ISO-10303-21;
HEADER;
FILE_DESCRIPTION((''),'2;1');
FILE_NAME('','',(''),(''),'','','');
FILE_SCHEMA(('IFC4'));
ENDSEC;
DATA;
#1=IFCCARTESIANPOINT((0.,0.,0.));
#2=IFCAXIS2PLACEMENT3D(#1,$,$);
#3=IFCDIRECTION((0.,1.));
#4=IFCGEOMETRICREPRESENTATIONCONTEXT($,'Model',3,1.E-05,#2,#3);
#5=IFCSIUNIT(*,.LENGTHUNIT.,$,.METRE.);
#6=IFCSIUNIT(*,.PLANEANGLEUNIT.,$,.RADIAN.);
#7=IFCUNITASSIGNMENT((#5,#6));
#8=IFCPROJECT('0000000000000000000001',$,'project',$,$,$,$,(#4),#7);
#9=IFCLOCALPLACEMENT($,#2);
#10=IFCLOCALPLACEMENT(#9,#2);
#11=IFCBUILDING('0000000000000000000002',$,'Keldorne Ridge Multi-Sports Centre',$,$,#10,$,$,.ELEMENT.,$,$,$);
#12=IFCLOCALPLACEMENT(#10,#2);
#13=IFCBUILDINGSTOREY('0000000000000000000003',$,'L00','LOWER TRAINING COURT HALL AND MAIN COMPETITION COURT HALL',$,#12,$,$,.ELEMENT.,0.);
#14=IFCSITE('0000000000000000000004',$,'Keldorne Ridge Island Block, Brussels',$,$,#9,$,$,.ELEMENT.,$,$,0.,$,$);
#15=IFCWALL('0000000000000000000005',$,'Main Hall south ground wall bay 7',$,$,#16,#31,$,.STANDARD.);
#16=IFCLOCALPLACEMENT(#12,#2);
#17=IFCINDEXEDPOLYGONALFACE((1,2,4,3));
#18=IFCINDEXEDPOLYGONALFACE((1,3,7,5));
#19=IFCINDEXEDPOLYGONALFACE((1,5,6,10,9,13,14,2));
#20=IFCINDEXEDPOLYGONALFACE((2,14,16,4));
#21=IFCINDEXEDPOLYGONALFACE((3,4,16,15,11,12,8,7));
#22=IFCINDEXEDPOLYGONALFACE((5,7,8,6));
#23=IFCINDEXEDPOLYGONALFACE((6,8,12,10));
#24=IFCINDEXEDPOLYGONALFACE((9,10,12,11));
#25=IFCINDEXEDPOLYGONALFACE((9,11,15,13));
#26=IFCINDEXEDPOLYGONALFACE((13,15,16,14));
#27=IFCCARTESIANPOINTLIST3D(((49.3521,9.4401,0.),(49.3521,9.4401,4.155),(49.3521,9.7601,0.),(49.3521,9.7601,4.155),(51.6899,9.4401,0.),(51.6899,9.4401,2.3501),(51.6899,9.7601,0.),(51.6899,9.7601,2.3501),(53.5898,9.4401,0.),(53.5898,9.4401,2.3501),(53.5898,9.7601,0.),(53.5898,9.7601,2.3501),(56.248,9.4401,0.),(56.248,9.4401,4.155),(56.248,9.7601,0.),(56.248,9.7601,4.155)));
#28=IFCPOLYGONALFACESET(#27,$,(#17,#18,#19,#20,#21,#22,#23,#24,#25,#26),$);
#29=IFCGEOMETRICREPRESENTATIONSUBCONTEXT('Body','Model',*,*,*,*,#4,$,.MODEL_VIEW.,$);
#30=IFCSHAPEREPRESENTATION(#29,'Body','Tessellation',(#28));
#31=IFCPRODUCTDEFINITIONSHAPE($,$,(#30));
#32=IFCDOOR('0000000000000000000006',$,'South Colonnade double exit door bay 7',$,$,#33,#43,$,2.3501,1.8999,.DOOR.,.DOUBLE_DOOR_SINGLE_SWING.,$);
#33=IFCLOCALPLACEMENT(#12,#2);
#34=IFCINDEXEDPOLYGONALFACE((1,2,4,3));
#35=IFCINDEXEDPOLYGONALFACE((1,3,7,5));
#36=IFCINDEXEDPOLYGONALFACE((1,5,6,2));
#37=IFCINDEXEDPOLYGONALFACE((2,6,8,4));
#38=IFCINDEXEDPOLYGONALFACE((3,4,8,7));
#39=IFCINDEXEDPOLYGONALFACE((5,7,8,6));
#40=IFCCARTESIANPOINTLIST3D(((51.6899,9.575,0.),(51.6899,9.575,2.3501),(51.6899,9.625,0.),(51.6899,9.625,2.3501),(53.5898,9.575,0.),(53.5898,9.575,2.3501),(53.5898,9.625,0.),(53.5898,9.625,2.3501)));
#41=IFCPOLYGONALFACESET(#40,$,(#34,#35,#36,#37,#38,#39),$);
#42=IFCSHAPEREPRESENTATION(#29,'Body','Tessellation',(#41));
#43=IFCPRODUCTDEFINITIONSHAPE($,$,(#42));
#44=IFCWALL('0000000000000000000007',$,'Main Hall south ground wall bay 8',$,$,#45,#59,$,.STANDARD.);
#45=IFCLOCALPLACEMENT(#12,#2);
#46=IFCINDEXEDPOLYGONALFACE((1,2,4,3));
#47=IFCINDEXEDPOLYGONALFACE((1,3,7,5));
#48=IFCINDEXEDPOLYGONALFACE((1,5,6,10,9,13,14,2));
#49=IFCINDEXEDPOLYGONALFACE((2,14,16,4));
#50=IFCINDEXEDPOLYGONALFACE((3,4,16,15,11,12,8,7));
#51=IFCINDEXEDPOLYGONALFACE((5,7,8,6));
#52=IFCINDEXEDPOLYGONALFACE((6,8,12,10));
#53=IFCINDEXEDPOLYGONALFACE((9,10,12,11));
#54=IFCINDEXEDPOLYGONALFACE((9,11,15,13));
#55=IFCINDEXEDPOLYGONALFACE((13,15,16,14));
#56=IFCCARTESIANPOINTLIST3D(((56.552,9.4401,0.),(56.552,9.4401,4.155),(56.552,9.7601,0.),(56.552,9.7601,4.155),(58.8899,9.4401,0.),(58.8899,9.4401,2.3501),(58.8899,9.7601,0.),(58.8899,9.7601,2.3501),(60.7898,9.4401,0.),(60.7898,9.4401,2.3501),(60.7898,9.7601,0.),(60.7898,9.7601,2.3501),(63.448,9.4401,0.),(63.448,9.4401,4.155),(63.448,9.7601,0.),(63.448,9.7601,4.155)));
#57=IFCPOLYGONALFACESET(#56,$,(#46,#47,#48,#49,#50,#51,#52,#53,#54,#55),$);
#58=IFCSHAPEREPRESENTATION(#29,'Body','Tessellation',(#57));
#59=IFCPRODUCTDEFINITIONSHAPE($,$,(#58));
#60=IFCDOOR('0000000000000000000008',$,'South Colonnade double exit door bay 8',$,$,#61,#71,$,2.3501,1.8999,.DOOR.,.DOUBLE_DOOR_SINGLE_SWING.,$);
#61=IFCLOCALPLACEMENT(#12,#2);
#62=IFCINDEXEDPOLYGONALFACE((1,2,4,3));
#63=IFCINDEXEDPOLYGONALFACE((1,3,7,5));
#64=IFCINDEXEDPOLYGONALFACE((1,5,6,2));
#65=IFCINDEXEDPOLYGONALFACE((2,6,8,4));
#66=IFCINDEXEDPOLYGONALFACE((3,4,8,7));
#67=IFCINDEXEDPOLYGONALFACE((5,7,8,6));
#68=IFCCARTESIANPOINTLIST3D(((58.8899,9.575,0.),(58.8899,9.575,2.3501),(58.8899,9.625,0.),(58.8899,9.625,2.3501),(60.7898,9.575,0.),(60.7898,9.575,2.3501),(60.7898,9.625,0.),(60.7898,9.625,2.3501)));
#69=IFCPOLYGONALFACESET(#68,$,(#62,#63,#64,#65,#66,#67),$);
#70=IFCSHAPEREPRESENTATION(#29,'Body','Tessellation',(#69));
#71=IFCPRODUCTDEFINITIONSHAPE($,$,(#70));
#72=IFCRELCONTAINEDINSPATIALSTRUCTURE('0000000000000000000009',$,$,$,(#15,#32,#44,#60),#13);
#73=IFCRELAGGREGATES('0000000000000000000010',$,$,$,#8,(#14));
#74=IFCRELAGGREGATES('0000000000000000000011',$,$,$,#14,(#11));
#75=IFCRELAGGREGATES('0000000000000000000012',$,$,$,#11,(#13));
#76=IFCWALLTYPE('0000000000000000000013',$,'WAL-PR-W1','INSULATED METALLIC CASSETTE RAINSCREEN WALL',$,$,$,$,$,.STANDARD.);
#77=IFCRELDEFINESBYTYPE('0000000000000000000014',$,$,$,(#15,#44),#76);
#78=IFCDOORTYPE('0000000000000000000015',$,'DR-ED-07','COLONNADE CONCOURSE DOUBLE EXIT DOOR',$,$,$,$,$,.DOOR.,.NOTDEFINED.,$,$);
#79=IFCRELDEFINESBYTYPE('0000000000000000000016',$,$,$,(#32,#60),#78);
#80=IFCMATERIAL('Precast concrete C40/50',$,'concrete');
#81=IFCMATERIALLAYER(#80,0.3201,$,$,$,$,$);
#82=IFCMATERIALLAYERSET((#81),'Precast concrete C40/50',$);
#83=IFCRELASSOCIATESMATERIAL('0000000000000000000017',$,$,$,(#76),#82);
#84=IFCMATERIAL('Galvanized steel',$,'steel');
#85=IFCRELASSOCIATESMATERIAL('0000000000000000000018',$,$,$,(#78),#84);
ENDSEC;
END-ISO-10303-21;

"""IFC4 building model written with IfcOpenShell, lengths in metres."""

from ifc_helpers import new_model, si_unit, direction, frame, frame_2d, origin, place, context, subcontext, project, spatial, rectangle, extrude, material, layer, layer_set, type_object, element, fill, save


model = new_model("IFC4")

# Units and contexts
model_context = context("Model", 3, precision=1e-05, world=origin(), true_north=direction((0.0, 1.0)))
body_context = subcontext(model_context, "Body", "Model", "MODEL_VIEW")
ifc_project = project(units=[si_unit("LENGTHUNIT", "METRE"), si_unit("PLANEANGLEUNIT", "RADIAN")], contexts=[model_context])

# Site, building, storey
site_placement = place(None, origin())
site = spatial("IfcSite", under=ifc_project, at=site_placement, Name="Keldorne Ridge Island Block, Brussels", CompositionType="ELEMENT", RefElevation=0.0)
building_placement = place(site_placement, origin())
building = spatial("IfcBuilding", under=site, at=building_placement, Name="Keldorne Ridge Multi-Sports Centre", CompositionType="ELEMENT")
storey_placement = place(building_placement, origin())
storey = spatial("IfcBuildingStorey", under=building, at=storey_placement, Name="L00", Description="LOWER TRAINING COURT HALL AND MAIN COMPETITION COURT HALL", CompositionType="ELEMENT", Elevation=0.0)

# Walls, openings, doors
ifc_material_1 = material(Name="Precast concrete C40/50", Category="concrete")
ifc_layer_1 = layer(ifc_material_1, 0.3201)
ifc_layer_set_1 = layer_set([ifc_layer_1], Name="Precast concrete C40/50")
wall_type = type_object("IfcWallType", Name="WAL-PR-W1", Description="INSULATED METALLIC CASSETTE RAINSCREEN WALL", PredefinedType="STANDARD", material=ifc_layer_set_1)
wall_1_placement = place(storey_placement, frame((49.3521, 9.6001, 0.0), z_axis=(0.0, 0.0, 1.0), x_axis=(1.0, 0.0, 0.0)))
wall_1 = element("IfcWall", 1, at=wall_1_placement, inside=storey, type_object=wall_type, Name="Main Hall south ground wall bay 7", PredefinedType="STANDARD", context=body_context, shape_type="SweptSolid", body=[
    extrude(rectangle(XDim=6.896, YDim=0.3201, at=frame_2d((3.448, 0.0))), origin(), (0.0, 0.0, 1.0), 4.155),
])
opening_1_placement = place(wall_1_placement, frame((2.3379, 0.0, 0.0)))
opening_1 = element("IfcOpeningElement", 2, at=opening_1_placement, cuts=wall_1, PredefinedType="OPENING", context=body_context, shape_type="SweptSolid", body=[
    extrude(rectangle(XDim=1.8999, YDim=2.3501, at=frame_2d((0.95, 1.175))), frame((0.0, 0.1699, 0.0), z_axis=(0.0, -1.0, 0.0), x_axis=(1.0, 0.0, 0.0)), (0.0, 0.0, 1.0), 0.3401),
])
ifc_material_2 = material(Name="Galvanized steel", Category="steel")
door_type = type_object("IfcDoorType", Name="DR-ED-07", Description="COLONNADE CONCOURSE DOUBLE EXIT DOOR", OperationType="NOTDEFINED", PredefinedType="DOOR", material=ifc_material_2)
door_1_placement = place(opening_1_placement, origin())
door_1 = element("IfcDoor", 3, at=door_1_placement, inside=storey, type_object=door_type, Name="South Colonnade double exit door bay 7", OperationType="DOUBLE_DOOR_SINGLE_SWING", OverallHeight=2.3501, OverallWidth=1.8999, PredefinedType="DOOR", context=body_context, shape_type="SweptSolid", body=[
    extrude(rectangle(XDim=1.8999, YDim=2.3501, at=frame_2d((0.95, 1.175))), frame((0.0, 0.0249, 0.0), z_axis=(0.0, -1.0, 0.0), x_axis=(1.0, 0.0, 0.0)), (0.0, 0.0, 1.0), 0.05),
])
fill(opening_1, door_1)
wall_2_placement = place(storey_placement, frame((56.552, 9.6001, 0.0), z_axis=(0.0, 0.0, 1.0), x_axis=(1.0, 0.0, 0.0)))
wall_2 = element("IfcWall", 4, at=wall_2_placement, inside=storey, type_object=wall_type, Name="Main Hall south ground wall bay 8", PredefinedType="STANDARD", context=body_context, shape_type="SweptSolid", body=[
    extrude(rectangle(XDim=6.896, YDim=0.3201, at=frame_2d((3.448, 0.0))), origin(), (0.0, 0.0, 1.0), 4.155),
])
opening_2_placement = place(wall_2_placement, frame((2.3379, 0.0, 0.0)))
opening_2 = element("IfcOpeningElement", 5, at=opening_2_placement, cuts=wall_2, PredefinedType="OPENING", context=body_context, shape_type="SweptSolid", body=[
    extrude(rectangle(XDim=1.8999, YDim=2.3501, at=frame_2d((0.95, 1.175))), frame((0.0, 0.1699, 0.0), z_axis=(0.0, -1.0, 0.0), x_axis=(1.0, 0.0, 0.0)), (0.0, 0.0, 1.0), 0.3401),
])
door_2_placement = place(opening_2_placement, origin())
door_2 = element("IfcDoor", 6, at=door_2_placement, inside=storey, type_object=door_type, Name="South Colonnade double exit door bay 8", OperationType="DOUBLE_DOOR_SINGLE_SWING", OverallHeight=2.3501, OverallWidth=1.8999, PredefinedType="DOOR", context=body_context, shape_type="SweptSolid", body=[
    extrude(rectangle(XDim=1.8999, YDim=2.3501, at=frame_2d((0.95, 1.175))), frame((0.0, 0.0249, 0.0), z_axis=(0.0, -1.0, 0.0), x_axis=(1.0, 0.0, 0.0)), (0.0, 0.0, 1.0), 0.05),
])
fill(opening_2, door_2)

save(model, "model.ifc")
